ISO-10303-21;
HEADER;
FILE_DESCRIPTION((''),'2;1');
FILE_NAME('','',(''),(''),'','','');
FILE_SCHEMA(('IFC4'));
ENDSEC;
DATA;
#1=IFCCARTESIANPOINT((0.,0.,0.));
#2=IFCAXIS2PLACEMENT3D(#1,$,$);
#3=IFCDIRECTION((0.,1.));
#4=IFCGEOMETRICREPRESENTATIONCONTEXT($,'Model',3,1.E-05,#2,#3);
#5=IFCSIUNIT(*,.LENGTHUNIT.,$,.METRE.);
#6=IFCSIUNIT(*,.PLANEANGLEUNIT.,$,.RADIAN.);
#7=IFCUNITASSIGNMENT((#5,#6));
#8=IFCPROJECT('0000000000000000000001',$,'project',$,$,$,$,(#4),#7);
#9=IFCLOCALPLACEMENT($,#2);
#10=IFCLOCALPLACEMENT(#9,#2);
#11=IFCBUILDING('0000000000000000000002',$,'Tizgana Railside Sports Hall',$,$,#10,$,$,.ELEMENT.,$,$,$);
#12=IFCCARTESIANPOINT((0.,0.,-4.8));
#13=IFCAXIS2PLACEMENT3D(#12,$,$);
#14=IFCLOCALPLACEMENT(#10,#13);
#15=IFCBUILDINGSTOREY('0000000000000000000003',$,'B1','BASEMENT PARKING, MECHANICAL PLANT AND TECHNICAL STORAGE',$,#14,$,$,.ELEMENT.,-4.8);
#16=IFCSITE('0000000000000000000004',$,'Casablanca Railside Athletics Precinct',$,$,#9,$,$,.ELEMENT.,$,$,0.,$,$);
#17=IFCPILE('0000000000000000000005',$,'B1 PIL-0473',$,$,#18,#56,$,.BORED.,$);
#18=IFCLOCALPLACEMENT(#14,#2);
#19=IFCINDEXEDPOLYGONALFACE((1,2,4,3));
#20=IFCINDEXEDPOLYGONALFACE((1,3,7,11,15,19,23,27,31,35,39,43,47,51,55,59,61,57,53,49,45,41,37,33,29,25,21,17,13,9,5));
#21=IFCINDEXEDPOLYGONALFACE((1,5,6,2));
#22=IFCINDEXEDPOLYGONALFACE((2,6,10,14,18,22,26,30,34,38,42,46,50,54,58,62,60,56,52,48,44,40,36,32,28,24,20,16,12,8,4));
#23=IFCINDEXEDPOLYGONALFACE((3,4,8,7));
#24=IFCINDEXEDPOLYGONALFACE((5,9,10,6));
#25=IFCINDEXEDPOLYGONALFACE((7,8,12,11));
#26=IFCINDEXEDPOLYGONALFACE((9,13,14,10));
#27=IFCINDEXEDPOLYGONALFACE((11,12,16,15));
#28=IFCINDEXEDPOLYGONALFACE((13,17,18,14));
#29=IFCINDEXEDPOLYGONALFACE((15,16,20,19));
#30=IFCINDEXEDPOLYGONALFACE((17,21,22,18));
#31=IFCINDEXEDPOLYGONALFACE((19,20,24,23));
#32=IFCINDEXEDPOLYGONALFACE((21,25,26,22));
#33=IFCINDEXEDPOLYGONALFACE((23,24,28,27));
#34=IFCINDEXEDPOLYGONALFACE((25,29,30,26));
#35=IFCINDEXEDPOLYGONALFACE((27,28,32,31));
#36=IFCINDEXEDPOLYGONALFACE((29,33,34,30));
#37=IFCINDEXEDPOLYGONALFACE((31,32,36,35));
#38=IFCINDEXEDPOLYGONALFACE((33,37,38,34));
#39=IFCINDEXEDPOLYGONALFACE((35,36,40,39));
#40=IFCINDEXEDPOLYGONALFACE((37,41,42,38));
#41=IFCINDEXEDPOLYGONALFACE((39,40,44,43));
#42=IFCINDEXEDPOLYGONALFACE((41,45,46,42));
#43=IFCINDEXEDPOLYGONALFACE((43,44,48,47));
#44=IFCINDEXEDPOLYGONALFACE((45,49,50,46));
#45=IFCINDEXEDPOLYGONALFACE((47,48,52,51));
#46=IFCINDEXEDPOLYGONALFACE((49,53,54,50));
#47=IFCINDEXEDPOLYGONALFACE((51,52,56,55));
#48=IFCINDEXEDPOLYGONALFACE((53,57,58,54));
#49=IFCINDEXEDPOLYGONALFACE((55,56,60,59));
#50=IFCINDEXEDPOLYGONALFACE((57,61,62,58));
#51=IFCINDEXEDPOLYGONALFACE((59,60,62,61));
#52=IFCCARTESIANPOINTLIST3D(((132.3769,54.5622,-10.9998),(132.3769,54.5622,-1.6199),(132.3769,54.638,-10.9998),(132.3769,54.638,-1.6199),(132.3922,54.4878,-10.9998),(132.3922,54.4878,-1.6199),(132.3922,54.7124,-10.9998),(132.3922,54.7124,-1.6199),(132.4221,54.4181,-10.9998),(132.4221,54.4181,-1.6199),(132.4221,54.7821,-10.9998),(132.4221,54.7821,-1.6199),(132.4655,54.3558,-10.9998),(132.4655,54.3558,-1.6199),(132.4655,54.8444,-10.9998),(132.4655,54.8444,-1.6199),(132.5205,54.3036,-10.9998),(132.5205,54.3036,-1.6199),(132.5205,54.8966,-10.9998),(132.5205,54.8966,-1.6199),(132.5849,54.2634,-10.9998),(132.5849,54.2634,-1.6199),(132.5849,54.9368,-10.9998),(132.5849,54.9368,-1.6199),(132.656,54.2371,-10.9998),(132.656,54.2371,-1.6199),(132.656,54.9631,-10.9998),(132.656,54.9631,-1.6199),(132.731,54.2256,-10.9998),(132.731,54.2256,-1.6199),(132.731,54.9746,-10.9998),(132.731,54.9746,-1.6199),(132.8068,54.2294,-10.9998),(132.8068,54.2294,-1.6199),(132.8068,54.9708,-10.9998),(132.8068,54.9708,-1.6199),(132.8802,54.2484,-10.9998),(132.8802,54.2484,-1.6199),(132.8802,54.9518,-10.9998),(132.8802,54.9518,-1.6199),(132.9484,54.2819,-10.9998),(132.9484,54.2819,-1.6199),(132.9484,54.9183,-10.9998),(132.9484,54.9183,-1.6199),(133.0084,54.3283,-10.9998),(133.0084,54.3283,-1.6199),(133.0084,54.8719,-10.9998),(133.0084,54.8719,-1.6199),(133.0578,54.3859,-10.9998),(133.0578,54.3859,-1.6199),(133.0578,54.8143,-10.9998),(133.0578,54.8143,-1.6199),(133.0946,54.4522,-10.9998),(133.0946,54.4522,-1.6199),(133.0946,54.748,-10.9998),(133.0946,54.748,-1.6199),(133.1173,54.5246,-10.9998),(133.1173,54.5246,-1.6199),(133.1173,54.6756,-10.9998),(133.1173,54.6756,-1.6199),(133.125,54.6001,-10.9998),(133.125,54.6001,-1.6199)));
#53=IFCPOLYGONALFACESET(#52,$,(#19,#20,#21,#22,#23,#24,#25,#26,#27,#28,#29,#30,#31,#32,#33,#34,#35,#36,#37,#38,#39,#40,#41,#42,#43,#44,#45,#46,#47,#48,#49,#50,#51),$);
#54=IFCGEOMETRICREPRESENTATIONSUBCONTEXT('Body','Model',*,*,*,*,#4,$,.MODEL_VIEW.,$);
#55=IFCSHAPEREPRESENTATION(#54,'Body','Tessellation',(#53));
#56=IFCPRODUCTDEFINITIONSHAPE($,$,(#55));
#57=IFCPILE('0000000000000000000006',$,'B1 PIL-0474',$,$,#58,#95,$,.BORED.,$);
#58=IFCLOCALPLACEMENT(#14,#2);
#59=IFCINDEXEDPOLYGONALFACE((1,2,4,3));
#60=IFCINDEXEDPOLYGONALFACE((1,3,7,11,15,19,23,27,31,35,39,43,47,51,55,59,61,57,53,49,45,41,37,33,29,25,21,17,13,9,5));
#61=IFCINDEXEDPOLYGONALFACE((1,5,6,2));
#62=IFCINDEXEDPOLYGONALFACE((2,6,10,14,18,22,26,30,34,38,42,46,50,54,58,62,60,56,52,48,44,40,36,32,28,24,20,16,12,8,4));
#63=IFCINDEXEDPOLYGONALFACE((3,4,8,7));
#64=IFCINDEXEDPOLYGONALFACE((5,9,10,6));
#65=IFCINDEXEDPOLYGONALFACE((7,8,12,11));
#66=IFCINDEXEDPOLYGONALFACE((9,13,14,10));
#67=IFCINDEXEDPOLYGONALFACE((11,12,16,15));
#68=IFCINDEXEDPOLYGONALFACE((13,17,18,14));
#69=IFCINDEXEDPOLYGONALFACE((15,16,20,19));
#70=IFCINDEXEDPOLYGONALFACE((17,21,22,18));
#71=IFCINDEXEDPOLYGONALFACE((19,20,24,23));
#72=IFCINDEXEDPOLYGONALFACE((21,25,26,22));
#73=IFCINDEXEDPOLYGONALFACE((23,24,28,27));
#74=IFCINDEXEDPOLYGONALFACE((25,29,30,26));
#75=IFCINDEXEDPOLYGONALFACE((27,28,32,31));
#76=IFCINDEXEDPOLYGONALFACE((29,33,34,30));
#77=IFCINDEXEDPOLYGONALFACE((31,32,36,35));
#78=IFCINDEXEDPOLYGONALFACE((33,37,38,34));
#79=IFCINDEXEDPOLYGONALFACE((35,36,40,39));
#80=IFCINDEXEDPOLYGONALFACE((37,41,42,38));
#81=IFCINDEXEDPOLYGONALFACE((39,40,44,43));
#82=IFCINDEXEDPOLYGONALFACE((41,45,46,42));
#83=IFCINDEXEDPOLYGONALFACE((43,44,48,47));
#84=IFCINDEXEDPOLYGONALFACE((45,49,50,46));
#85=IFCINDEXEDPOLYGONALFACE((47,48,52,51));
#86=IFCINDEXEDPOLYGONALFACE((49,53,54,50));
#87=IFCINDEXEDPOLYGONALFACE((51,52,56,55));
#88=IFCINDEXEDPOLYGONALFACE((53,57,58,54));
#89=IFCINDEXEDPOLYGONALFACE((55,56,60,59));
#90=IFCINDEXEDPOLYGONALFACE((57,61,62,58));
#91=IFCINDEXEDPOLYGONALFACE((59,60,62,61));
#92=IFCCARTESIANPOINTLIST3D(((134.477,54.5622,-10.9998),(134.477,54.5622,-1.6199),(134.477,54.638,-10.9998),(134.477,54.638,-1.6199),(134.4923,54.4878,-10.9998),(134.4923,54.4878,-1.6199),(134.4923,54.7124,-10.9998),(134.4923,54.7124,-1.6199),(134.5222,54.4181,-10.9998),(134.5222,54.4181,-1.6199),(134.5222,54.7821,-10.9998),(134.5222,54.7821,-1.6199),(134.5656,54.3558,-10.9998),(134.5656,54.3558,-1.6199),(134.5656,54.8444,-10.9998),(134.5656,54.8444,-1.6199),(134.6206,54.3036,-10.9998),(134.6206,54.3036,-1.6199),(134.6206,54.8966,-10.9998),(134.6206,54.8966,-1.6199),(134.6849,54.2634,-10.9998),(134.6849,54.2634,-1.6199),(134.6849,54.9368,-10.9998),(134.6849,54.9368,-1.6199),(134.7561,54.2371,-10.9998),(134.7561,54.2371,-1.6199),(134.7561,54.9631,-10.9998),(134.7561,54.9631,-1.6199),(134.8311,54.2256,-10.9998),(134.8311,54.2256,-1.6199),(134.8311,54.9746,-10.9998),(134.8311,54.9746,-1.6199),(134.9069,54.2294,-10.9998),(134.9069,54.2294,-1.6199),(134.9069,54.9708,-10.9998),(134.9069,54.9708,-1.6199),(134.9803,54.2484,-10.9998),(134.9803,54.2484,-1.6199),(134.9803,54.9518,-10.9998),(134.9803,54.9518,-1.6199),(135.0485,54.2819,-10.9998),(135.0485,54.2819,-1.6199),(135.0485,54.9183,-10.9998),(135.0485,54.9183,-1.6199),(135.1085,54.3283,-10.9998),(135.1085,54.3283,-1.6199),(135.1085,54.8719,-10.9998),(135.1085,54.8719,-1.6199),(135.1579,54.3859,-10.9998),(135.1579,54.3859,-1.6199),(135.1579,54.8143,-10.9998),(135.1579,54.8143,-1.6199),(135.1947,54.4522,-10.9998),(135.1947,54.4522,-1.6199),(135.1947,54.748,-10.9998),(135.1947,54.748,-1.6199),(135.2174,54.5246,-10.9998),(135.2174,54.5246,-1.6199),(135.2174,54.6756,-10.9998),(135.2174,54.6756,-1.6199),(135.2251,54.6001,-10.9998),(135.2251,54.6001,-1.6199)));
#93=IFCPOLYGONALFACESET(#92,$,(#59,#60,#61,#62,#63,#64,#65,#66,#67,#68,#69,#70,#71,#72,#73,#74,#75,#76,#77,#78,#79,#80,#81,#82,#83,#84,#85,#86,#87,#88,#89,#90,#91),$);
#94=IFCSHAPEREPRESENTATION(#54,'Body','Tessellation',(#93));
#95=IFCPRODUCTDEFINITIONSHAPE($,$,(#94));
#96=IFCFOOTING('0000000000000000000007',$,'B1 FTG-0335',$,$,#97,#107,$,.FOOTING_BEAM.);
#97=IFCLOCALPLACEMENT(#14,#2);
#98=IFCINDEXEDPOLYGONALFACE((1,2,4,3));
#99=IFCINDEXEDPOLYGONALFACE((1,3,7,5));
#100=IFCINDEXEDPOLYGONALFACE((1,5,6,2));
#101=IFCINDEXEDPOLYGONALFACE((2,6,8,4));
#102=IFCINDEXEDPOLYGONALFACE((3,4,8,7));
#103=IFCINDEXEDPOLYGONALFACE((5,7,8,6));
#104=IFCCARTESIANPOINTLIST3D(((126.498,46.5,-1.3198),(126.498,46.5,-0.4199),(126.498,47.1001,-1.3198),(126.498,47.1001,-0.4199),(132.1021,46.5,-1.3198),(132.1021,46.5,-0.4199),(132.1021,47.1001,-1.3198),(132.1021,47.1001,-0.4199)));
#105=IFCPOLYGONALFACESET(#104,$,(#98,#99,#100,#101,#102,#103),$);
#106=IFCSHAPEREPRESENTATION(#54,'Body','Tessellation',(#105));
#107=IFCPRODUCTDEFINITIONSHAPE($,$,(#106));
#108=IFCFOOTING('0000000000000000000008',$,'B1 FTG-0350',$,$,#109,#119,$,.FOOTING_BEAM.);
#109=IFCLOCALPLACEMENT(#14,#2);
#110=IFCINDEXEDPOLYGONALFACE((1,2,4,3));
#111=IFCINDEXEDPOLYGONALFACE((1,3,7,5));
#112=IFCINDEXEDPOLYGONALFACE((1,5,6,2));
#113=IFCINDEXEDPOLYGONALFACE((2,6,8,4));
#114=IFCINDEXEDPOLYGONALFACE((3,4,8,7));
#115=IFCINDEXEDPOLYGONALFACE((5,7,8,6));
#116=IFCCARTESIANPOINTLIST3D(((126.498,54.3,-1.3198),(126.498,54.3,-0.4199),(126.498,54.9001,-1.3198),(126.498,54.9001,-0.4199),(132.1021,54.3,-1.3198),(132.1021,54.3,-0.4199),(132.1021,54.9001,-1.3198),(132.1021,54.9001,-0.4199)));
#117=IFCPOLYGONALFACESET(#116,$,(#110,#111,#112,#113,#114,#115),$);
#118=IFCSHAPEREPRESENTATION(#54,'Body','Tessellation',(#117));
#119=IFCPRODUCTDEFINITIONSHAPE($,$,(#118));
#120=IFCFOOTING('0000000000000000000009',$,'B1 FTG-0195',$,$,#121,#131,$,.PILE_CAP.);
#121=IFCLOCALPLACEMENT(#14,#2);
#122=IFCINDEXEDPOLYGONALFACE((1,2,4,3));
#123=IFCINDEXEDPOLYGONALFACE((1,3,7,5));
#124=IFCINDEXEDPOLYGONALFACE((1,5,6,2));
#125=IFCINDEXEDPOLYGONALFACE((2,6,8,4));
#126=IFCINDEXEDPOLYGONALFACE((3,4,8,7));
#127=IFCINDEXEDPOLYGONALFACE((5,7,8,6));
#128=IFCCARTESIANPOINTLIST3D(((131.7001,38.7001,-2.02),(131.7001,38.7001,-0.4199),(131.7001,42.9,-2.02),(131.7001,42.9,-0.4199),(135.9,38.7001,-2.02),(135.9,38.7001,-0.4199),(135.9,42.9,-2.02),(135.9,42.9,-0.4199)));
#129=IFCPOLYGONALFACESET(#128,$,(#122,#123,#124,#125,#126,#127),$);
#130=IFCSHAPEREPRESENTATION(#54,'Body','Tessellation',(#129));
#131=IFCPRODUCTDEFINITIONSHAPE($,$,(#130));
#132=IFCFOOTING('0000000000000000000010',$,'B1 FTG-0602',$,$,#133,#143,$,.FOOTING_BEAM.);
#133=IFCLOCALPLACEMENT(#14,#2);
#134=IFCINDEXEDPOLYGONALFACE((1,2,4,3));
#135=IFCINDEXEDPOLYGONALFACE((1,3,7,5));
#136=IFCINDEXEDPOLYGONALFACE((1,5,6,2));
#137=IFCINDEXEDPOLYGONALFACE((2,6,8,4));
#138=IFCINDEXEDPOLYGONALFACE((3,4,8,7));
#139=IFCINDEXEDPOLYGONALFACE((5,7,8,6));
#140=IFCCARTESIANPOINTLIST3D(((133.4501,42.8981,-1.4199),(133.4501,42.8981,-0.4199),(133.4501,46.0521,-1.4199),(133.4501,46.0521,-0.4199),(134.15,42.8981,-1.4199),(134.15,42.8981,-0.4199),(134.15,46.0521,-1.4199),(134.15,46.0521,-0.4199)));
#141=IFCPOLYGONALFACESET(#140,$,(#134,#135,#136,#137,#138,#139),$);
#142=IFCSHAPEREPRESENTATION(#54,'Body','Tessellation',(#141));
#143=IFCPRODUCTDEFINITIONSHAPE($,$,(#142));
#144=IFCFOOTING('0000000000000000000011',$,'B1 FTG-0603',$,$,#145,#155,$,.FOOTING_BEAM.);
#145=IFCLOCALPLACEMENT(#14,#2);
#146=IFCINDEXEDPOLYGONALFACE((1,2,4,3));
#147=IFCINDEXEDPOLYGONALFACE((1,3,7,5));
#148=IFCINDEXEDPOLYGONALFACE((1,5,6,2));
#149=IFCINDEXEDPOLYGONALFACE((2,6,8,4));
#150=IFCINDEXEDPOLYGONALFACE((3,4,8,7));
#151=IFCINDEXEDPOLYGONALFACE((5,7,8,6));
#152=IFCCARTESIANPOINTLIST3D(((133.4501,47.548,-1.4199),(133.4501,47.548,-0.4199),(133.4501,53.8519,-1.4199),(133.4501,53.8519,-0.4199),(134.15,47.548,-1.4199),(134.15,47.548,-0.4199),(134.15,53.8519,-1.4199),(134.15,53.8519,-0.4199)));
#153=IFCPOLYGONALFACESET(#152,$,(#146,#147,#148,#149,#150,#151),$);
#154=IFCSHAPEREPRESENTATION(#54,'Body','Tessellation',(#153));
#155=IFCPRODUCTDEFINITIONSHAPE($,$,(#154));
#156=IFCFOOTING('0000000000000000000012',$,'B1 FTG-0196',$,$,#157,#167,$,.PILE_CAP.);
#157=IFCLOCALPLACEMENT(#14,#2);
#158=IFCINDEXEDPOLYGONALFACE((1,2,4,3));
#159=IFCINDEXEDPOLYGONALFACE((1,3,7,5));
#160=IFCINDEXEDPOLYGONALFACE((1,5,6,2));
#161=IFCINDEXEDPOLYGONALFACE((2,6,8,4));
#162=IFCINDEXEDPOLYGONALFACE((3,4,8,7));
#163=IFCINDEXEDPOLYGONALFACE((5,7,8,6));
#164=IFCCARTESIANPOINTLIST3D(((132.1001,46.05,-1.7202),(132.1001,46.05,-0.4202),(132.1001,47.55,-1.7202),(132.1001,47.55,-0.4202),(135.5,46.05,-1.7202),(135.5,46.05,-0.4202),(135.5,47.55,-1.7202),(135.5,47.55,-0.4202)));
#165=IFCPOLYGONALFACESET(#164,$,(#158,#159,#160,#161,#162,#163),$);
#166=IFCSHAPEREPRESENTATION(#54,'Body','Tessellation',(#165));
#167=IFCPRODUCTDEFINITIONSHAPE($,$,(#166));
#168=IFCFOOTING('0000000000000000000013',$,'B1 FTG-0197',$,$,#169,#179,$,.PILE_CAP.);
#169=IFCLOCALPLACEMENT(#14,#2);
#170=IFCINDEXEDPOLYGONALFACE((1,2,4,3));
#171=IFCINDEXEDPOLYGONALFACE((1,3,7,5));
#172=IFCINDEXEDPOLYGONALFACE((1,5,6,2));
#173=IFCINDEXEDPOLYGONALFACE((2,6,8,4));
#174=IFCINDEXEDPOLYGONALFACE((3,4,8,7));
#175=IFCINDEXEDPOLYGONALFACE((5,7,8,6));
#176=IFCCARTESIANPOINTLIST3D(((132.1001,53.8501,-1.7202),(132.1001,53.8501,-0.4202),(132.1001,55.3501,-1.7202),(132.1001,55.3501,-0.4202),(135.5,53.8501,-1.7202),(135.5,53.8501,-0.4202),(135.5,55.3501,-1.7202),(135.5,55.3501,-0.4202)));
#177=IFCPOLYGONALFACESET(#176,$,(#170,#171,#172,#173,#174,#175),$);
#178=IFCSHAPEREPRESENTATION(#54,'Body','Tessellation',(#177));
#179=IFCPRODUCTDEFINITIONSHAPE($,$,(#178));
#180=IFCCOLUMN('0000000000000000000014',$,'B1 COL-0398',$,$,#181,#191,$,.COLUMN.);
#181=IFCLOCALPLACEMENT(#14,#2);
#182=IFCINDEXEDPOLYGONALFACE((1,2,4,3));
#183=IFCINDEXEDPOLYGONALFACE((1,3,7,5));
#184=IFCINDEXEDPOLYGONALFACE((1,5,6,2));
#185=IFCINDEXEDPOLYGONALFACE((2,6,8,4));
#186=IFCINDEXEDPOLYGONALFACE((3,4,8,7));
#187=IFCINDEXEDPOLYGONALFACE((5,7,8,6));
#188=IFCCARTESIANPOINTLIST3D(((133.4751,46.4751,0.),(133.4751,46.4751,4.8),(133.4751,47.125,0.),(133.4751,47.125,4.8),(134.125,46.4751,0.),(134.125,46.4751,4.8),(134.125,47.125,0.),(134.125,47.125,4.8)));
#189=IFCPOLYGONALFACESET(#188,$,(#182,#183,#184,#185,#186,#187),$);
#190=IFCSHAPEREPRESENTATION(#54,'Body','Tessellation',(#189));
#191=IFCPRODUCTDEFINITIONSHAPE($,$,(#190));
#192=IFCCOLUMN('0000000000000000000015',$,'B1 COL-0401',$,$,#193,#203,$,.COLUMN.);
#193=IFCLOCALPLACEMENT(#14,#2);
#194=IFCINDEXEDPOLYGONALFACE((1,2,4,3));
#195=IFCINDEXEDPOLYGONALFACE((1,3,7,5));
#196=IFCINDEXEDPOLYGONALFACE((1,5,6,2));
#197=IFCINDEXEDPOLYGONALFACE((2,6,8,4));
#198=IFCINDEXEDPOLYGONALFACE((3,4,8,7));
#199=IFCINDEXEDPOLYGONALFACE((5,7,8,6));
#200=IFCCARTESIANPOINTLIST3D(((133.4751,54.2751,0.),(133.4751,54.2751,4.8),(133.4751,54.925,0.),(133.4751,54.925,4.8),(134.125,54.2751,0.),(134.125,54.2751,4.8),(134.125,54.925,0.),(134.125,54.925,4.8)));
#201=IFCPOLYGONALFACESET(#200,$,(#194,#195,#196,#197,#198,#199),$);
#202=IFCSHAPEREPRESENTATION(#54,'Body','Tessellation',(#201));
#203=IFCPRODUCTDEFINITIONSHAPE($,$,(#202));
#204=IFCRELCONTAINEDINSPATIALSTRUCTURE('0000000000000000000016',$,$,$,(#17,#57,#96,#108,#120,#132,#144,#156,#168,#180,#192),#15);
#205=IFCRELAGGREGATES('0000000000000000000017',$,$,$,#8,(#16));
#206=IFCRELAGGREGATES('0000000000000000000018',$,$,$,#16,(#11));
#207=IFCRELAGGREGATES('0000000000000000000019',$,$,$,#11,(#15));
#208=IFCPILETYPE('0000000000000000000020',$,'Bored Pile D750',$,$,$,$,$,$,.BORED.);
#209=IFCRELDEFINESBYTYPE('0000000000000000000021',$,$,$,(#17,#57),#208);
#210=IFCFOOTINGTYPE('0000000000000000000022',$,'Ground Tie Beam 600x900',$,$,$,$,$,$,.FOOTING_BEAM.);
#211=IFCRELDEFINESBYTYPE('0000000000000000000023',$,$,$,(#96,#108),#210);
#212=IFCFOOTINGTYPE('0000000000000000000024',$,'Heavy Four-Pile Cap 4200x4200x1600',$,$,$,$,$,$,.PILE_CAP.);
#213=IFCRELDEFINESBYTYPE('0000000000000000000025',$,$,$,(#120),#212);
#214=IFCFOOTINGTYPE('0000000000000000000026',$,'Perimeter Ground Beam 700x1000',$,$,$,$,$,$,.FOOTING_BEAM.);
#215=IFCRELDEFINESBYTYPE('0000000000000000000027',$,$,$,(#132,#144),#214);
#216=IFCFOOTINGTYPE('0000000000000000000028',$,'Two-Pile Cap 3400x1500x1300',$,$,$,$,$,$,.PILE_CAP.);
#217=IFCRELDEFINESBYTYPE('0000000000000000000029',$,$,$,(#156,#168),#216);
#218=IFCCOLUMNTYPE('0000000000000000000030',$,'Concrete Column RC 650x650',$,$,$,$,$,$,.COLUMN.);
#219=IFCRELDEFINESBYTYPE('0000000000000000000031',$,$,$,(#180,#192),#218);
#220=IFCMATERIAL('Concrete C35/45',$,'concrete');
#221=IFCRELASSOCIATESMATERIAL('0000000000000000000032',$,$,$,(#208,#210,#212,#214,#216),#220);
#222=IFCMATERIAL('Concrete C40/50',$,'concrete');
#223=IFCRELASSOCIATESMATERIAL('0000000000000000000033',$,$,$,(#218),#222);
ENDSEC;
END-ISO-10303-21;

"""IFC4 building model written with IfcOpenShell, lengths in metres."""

from ifc_helpers import new_model, si_unit, direction, frame, origin, origin_2d, place, context, subcontext, project, spatial, rectangle, circle, extrude, material, material_profile, profile_set, type_object, element, save


model = new_model("IFC4")

# Units and contexts
model_context = context("Model", 3, precision=1e-05, world=origin(), true_north=direction((0.0, 1.0)))
body_context = subcontext(model_context, "Body", "Model", "MODEL_VIEW")
ifc_project = project(units=[si_unit("LENGTHUNIT", "METRE"), si_unit("PLANEANGLEUNIT", "RADIAN")], contexts=[model_context])

# Site, building, storey
site_placement = place(None, origin())
site = spatial("IfcSite", under=ifc_project, at=site_placement, Name="Casablanca Railside Athletics Precinct", CompositionType="ELEMENT", RefElevation=0.0)
building_placement = place(site_placement, origin())
building = spatial("IfcBuilding", under=site, at=building_placement, Name="Tizgana Railside Sports Hall", CompositionType="ELEMENT")
storey_placement = place(building_placement, frame((0.0, 0.0, -4.8)))
storey = spatial("IfcBuildingStorey", under=building, at=storey_placement, Name="B1", Description="BASEMENT PARKING, MECHANICAL PLANT AND TECHNICAL STORAGE", CompositionType="ELEMENT", Elevation=-4.8)

# Piles
ifc_material_1 = material(Name="Concrete C35/45", Category="concrete")
ifc_material_profile_1 = material_profile(ifc_material_1, circle(Radius=0.375, at=origin_2d()), Name="PILE D750")
ifc_profile_set_1 = profile_set([ifc_material_profile_1], Name="Concrete C35/45")
pile_type_1 = type_object("IfcPileType", Name="Bored Pile D750", PredefinedType="BORED", material=ifc_profile_set_1)
for number, where, z_axis, x_axis, name in (
    (1, (132.75, 54.6001, -1.6199), (0.0, 0.0, -1.0), (1.0, 0.0, 0.0), "B1 PIL-0473"),
    (2, (134.8501, 54.6001, -1.6199), (0.0, 0.0, -1.0), (1.0, 0.0, 0.0), "B1 PIL-0474"),
):
    element("IfcPile", number, at=place(storey_placement, frame(where, z_axis=z_axis, x_axis=x_axis)), inside=storey, type_object=pile_type_1, Name=name, PredefinedType="BORED", context=body_context, shape_type="SweptSolid", body=[
        extrude(circle(Radius=0.375, at=origin_2d()), origin(), (0.0, 0.0, 1.0), 9.3799),
    ])

# Footings
footing_type_1 = type_object("IfcFootingType", Name="Ground Tie Beam 600x900", PredefinedType="FOOTING_BEAM", material=ifc_material_1)
for number, where, z_axis, x_axis, name in (
    (3, (129.3, 46.8, -1.3198), (0.0, 0.0, 1.0), (1.0, 0.0, 0.0), "B1 FTG-0335"),
    (4, (129.3, 54.6001, -1.3198), (0.0, 0.0, 1.0), (1.0, 0.0, 0.0), "B1 FTG-0350"),
):
    element("IfcFooting", number, at=place(storey_placement, frame(where, z_axis=z_axis, x_axis=x_axis)), inside=storey, type_object=footing_type_1, Name=name, PredefinedType="FOOTING_BEAM", context=body_context, shape_type="SweptSolid", body=[
        extrude(rectangle(XDim=5.604, YDim=0.6001, at=origin_2d()), origin(), (0.0, 0.0, 1.0), 0.8999),
    ])
footing_type_2 = type_object("IfcFootingType", Name="Heavy Four-Pile Cap 4200x4200x1600", PredefinedType="PILE_CAP", material=ifc_material_1)
footing_1_placement = place(storey_placement, frame((133.8, 40.8, -2.02), z_axis=(0.0, 0.0, 1.0), x_axis=(1.0, 0.0, 0.0)))
element("IfcFooting", 5, at=footing_1_placement, inside=storey, type_object=footing_type_2, Name="B1 FTG-0195", PredefinedType="PILE_CAP", context=body_context, shape_type="SweptSolid", body=[
    extrude(rectangle(XDim=4.2, YDim=4.2, at=origin_2d()), origin(), (0.0, 0.0, 1.0), 1.6001),
])
footing_type_3 = type_object("IfcFootingType", Name="Perimeter Ground Beam 700x1000", PredefinedType="FOOTING_BEAM", material=ifc_material_1)
footing_2_placement = place(storey_placement, frame((133.8, 44.4751, -1.4199), z_axis=(0.0, 0.0, 1.0), x_axis=(0.0, 1.0, 0.0)))
element("IfcFooting", 6, at=footing_2_placement, inside=storey, type_object=footing_type_3, Name="B1 FTG-0602", PredefinedType="FOOTING_BEAM", context=body_context, shape_type="SweptSolid", body=[
    extrude(rectangle(XDim=3.1541, YDim=0.7, at=origin_2d()), origin(), (0.0, 0.0, 1.0), 1.0),
])
footing_3_placement = place(storey_placement, frame((133.8, 50.7, -1.4199), z_axis=(0.0, 0.0, 1.0), x_axis=(0.0, 1.0, 0.0)))
element("IfcFooting", 7, at=footing_3_placement, inside=storey, type_object=footing_type_3, Name="B1 FTG-0603", PredefinedType="FOOTING_BEAM", context=body_context, shape_type="SweptSolid", body=[
    extrude(rectangle(XDim=6.304, YDim=0.7, at=origin_2d()), origin(), (0.0, 0.0, 1.0), 1.0),
])
footing_type_4 = type_object("IfcFootingType", Name="Two-Pile Cap 3400x1500x1300", PredefinedType="PILE_CAP", material=ifc_material_1)
for number, where, z_axis, x_axis, name in (
    (8, (133.8, 46.8, -1.7202), (0.0, 0.0, 1.0), (1.0, 0.0, 0.0), "B1 FTG-0196"),
    (9, (133.8, 54.6001, -1.7202), (0.0, 0.0, 1.0), (1.0, 0.0, 0.0), "B1 FTG-0197"),
):
    element("IfcFooting", number, at=place(storey_placement, frame(where, z_axis=z_axis, x_axis=x_axis)), inside=storey, type_object=footing_type_4, Name=name, PredefinedType="PILE_CAP", context=body_context, shape_type="SweptSolid", body=[
        extrude(rectangle(XDim=3.3999, YDim=1.5, at=origin_2d()), origin(), (0.0, 0.0, 1.0), 1.3),
    ])

# Columns
ifc_material_2 = material(Name="Concrete C40/50", Category="concrete")
ifc_material_profile_2 = material_profile(ifc_material_2, rectangle(XDim=0.6499, YDim=0.6499, at=origin_2d()), Name="RC 650x650")
ifc_profile_set_2 = profile_set([ifc_material_profile_2], Name="Concrete C40/50")
column_type_1 = type_object("IfcColumnType", Name="Concrete Column RC 650x650", PredefinedType="COLUMN", material=ifc_profile_set_2)
for number, where, z_axis, x_axis, name in (
    (10, (133.8, 46.8, 0.0), (0.0, 0.0, 1.0), (1.0, 0.0, 0.0), "B1 COL-0398"),
    (11, (133.8, 54.6001, 0.0), (0.0, 0.0, 1.0), (1.0, 0.0, 0.0), "B1 COL-0401"),
):
    element("IfcColumn", number, at=place(storey_placement, frame(where, z_axis=z_axis, x_axis=x_axis)), inside=storey, type_object=column_type_1, Name=name, PredefinedType="COLUMN", context=body_context, shape_type="SweptSolid", body=[
        extrude(rectangle(XDim=0.6499, YDim=0.6499, at=origin_2d()), origin(), (0.0, 0.0, 1.0), 4.8),
    ])

save(model, "model.ifc")
